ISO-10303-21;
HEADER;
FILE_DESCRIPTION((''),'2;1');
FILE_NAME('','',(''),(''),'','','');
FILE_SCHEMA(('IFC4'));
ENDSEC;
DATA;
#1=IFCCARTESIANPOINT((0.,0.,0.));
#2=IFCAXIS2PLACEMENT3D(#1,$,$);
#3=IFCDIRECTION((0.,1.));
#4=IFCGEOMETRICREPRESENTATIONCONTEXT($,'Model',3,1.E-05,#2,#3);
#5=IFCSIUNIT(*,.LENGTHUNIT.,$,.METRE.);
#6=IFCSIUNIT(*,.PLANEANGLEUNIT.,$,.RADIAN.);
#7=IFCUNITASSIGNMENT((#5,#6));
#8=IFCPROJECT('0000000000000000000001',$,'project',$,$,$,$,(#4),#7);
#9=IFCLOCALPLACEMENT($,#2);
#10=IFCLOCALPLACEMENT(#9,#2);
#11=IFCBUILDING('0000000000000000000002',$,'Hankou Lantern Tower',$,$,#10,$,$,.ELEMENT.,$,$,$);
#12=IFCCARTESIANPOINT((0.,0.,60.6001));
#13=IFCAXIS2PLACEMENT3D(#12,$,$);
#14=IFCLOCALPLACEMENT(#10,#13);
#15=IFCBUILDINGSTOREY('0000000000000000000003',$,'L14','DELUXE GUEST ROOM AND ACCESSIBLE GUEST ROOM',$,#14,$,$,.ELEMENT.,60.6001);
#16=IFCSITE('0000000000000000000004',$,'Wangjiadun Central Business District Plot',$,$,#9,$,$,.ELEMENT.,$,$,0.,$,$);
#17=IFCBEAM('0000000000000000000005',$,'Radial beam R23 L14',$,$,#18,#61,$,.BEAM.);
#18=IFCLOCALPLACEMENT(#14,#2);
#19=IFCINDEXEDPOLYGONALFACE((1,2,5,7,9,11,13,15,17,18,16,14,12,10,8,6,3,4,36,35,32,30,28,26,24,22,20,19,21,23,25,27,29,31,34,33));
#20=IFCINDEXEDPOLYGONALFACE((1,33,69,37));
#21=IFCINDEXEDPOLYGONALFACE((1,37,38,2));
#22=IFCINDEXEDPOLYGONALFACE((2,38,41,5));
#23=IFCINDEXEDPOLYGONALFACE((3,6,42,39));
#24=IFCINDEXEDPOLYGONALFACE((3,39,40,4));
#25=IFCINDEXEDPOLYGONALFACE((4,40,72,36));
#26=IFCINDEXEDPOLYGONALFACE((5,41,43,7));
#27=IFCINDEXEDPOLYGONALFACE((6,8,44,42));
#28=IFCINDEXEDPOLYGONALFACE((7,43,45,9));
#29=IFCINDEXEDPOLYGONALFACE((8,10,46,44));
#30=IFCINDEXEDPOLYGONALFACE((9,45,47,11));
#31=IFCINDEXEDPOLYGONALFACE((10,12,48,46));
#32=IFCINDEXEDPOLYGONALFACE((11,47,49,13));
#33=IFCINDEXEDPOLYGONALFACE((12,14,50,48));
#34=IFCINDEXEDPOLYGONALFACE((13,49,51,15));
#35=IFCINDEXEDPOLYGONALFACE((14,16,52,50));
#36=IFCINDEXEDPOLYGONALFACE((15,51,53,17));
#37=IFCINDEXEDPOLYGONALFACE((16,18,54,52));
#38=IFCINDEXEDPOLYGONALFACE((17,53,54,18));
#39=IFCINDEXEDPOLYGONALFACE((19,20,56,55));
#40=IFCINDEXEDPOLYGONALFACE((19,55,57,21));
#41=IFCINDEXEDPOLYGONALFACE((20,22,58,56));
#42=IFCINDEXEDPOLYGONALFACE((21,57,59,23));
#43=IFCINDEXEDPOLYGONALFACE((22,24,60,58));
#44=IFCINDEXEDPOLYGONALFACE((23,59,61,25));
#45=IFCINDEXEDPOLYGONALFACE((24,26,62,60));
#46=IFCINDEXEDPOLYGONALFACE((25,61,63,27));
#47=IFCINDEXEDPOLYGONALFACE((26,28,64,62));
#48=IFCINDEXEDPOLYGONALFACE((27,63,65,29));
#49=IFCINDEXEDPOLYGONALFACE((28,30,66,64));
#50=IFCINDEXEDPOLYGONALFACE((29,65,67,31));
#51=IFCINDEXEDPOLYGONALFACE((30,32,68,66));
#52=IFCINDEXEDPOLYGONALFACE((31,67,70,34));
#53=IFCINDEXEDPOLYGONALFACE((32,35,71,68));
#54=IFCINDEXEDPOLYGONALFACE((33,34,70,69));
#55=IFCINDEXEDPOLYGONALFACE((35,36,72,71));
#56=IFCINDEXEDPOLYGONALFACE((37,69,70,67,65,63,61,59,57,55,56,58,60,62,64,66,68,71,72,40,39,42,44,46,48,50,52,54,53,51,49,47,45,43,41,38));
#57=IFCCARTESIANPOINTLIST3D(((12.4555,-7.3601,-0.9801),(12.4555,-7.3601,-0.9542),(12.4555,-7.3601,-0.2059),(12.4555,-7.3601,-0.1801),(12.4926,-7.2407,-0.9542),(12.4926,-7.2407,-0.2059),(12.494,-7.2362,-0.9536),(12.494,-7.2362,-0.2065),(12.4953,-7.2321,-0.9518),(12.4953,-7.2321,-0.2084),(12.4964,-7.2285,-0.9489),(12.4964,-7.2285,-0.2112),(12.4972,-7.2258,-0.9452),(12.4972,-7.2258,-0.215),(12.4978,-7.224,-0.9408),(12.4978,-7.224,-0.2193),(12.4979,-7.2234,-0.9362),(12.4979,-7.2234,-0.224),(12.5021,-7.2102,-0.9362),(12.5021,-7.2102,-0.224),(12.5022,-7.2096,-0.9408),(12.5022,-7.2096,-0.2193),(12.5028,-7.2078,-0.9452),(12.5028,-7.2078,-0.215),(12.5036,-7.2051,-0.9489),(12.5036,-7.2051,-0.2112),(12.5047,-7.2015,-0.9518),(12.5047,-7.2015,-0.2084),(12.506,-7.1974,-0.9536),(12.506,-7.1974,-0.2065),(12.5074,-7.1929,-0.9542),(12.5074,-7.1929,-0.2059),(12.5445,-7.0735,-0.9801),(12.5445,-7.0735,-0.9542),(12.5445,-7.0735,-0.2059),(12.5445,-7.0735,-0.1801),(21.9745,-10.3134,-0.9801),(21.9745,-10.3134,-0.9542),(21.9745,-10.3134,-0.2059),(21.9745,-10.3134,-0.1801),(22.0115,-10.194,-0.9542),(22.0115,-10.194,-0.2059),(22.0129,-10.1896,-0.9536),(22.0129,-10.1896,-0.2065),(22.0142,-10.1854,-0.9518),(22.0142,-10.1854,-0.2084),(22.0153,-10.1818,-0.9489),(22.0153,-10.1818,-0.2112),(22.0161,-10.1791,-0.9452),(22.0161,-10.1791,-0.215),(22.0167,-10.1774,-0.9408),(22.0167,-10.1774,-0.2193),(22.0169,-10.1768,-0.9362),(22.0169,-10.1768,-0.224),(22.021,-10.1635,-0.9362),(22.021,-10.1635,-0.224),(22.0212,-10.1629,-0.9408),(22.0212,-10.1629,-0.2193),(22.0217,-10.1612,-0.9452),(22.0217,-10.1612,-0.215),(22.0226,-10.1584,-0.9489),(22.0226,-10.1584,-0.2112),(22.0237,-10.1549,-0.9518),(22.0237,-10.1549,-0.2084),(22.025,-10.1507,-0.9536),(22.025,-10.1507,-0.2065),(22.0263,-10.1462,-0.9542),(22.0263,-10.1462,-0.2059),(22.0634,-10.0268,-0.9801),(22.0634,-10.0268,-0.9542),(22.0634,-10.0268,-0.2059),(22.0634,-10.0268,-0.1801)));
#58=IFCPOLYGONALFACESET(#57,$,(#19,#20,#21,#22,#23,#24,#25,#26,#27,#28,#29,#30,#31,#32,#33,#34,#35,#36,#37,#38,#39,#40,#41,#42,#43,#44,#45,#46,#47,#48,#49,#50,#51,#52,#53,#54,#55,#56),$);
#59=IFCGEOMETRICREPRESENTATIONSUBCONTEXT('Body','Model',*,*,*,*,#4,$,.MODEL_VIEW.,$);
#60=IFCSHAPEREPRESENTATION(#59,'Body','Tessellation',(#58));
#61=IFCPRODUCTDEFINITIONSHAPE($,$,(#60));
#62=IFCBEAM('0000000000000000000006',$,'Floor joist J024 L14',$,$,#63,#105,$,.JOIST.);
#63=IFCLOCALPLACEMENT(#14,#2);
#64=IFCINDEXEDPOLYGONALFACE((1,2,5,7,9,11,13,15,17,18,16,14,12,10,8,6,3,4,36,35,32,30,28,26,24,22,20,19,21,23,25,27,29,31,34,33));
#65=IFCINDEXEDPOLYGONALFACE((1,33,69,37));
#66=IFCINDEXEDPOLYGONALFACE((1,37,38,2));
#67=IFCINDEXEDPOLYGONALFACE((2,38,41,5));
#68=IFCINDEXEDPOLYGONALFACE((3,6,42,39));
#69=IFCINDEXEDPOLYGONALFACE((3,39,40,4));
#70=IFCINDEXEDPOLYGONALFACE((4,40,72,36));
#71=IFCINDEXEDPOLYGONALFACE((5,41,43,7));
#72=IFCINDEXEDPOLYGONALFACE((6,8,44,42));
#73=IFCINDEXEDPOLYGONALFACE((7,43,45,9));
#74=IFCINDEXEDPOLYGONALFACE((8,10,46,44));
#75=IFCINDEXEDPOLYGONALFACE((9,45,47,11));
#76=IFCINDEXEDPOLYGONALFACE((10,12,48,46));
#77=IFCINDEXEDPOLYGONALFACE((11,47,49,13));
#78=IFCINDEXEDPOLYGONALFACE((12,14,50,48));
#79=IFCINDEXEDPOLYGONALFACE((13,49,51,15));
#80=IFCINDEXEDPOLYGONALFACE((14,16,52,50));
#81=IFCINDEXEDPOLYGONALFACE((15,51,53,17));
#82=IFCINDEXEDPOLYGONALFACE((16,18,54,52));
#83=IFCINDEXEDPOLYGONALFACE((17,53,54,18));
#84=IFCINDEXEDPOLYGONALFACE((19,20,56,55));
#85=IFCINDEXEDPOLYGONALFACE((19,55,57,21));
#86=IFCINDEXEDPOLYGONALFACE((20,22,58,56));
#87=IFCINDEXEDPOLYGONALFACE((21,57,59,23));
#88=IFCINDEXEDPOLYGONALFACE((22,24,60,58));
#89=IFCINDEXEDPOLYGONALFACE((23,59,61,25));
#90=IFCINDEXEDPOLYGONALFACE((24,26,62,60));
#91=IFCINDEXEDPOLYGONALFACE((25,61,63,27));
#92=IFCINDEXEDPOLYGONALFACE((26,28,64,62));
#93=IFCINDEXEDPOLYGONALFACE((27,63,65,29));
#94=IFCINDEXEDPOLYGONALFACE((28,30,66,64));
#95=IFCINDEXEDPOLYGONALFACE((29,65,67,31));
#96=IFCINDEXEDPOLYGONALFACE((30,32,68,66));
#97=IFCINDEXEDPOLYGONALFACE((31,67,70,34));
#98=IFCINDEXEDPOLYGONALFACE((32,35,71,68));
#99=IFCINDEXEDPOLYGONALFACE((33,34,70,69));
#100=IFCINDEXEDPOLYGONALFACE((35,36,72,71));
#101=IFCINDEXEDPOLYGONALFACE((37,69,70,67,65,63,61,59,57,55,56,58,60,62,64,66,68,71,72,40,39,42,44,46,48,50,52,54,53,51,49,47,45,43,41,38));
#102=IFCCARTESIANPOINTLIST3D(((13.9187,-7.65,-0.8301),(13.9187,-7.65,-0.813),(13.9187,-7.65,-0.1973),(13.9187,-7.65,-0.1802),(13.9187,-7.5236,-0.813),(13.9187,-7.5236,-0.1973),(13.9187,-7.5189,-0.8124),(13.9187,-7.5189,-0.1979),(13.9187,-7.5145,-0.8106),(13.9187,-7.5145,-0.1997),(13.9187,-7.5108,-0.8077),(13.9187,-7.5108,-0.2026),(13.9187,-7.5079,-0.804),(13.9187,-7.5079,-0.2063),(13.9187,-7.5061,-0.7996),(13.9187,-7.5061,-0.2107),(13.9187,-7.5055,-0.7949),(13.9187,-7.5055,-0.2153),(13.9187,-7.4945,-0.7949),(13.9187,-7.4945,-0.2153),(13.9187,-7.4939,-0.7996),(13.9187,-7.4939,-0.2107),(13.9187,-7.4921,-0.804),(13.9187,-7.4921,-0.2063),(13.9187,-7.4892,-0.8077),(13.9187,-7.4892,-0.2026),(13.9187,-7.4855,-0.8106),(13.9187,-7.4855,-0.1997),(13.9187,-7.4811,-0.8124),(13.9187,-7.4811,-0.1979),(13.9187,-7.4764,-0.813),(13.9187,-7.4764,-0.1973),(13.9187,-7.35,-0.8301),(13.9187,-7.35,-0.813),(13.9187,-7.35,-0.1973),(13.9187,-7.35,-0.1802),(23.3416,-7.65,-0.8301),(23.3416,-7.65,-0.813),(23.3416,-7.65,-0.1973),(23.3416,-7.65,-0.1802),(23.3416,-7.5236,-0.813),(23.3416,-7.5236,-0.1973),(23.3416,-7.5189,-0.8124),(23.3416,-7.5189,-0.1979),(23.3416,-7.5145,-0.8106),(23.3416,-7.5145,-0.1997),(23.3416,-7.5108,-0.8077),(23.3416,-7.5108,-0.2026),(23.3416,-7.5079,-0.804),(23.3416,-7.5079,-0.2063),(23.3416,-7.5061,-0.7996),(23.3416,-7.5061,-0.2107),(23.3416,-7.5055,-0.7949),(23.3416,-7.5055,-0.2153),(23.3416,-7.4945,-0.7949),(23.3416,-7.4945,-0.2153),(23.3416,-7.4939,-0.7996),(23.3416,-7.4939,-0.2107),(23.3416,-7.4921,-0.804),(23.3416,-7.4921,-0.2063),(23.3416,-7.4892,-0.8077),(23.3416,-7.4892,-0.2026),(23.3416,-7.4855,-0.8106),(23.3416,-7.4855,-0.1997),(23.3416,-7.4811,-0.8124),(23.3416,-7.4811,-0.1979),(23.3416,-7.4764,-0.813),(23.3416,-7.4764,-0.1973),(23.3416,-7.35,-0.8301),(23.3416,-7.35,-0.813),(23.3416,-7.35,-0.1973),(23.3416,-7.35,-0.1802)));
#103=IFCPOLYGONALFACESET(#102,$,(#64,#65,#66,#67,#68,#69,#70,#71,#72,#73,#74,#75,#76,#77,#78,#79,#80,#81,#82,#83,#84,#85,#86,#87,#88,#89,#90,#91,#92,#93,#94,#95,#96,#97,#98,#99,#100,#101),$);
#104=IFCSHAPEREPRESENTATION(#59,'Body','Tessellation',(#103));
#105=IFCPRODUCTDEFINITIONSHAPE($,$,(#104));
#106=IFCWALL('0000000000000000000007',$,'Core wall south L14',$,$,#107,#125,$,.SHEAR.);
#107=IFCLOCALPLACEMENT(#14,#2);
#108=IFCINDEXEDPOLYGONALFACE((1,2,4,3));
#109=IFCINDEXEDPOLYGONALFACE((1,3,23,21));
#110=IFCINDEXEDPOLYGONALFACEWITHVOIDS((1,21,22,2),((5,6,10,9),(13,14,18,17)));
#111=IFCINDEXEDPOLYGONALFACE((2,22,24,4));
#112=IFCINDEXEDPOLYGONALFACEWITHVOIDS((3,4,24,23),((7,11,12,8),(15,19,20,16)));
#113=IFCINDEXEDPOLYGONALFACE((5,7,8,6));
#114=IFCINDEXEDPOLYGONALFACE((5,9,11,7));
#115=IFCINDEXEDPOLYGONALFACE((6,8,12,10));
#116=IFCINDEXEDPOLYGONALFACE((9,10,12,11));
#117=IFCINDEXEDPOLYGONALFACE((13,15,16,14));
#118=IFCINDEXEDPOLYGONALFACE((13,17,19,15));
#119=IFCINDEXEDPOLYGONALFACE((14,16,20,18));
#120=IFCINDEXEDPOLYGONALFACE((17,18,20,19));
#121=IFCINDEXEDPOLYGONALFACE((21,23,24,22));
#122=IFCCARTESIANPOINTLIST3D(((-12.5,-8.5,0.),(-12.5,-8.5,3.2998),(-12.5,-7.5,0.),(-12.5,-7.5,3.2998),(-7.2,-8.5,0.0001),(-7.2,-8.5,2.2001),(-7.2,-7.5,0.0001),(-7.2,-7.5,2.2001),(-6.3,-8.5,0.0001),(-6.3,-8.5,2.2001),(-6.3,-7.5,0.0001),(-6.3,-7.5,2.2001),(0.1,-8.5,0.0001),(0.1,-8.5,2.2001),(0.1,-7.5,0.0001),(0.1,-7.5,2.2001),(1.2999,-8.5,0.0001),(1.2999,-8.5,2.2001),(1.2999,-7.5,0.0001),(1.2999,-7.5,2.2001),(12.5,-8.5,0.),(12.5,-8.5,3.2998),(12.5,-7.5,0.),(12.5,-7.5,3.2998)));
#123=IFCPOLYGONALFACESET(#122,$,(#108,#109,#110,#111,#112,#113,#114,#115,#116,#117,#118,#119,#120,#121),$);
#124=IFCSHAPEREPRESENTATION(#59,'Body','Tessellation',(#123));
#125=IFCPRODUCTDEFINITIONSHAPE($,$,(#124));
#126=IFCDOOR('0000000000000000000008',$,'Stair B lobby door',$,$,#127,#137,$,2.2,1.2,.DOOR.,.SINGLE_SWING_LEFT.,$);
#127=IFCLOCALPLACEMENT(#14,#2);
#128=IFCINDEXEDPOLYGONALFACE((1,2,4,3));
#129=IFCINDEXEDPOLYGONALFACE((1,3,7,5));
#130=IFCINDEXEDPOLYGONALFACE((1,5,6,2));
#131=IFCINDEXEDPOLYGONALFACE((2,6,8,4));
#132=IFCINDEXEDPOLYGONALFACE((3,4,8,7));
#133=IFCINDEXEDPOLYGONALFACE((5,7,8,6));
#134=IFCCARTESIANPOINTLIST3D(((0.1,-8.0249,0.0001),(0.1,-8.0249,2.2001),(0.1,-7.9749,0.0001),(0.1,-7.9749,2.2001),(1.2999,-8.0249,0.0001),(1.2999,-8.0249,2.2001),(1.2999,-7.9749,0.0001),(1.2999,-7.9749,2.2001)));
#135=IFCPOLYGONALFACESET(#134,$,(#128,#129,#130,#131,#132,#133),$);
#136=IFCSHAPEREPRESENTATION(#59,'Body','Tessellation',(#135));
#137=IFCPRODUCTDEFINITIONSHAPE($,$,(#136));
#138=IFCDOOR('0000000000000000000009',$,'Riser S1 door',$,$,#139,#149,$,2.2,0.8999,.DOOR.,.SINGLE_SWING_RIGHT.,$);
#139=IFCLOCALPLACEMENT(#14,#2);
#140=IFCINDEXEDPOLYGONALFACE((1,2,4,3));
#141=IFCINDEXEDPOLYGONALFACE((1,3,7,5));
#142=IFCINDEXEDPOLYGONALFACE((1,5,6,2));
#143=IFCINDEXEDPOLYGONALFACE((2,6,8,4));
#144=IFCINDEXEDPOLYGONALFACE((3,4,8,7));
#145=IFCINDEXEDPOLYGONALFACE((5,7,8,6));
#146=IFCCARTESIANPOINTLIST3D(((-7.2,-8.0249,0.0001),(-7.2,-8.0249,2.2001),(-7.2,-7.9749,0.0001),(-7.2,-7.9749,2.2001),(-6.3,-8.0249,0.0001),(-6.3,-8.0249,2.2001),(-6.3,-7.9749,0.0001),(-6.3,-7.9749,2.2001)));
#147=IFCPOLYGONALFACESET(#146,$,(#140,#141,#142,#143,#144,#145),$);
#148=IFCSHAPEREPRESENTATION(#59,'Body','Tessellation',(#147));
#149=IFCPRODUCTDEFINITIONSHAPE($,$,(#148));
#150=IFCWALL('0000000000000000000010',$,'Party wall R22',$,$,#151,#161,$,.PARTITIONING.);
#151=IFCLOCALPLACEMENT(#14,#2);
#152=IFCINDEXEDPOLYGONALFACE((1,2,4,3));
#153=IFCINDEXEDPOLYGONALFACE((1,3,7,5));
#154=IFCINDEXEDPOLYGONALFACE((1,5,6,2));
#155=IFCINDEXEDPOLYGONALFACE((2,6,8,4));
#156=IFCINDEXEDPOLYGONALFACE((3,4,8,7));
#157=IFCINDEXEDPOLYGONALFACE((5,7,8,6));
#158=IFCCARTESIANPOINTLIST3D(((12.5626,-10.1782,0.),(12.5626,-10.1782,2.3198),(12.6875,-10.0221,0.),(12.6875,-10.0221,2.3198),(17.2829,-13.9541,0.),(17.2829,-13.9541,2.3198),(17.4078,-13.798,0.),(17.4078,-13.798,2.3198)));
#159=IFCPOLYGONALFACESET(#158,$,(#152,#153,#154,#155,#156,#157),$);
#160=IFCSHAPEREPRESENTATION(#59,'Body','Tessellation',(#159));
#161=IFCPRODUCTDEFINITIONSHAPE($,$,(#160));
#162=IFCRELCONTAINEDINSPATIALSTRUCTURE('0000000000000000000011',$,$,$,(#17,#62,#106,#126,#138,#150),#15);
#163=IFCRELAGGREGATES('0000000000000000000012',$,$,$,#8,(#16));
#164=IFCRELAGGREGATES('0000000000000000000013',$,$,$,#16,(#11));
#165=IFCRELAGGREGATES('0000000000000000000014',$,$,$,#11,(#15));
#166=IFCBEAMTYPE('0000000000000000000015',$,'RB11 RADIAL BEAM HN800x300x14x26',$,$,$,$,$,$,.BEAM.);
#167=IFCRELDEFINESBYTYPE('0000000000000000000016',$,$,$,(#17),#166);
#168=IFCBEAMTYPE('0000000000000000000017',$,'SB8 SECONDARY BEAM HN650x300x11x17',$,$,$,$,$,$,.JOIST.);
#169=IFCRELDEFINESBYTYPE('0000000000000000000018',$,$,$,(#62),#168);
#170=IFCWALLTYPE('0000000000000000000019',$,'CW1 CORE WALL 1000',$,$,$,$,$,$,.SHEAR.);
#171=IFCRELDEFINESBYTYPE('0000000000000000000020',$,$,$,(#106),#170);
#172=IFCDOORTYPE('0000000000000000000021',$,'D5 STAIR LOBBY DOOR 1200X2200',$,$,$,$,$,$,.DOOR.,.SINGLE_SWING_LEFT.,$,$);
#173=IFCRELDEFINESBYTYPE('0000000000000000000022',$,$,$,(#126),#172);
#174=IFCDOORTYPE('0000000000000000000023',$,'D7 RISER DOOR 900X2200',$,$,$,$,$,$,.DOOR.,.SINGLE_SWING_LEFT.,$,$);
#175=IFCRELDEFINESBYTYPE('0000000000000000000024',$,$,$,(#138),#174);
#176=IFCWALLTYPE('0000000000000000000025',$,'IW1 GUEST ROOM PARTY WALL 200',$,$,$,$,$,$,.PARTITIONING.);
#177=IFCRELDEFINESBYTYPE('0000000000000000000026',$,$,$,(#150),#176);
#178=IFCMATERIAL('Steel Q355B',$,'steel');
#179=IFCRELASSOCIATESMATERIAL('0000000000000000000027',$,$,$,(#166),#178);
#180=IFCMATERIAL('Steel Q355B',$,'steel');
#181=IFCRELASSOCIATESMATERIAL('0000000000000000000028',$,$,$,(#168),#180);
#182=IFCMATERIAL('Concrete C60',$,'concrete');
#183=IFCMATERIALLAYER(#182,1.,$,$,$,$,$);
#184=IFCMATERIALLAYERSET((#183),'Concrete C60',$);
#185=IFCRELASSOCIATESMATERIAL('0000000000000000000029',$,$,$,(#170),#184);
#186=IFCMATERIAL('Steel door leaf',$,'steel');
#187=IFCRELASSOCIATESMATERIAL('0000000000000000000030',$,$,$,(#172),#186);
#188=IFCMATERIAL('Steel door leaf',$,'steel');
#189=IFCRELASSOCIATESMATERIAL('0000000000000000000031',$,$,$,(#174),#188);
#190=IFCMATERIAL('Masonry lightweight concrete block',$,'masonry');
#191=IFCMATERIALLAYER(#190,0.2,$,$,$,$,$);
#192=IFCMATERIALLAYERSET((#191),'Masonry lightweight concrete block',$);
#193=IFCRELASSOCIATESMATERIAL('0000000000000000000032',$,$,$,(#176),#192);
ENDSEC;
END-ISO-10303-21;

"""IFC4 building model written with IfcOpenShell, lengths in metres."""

from ifc_helpers import new_model, si_unit, direction, frame, frame_2d, origin, origin_2d, place, context, subcontext, project, spatial, rectangle, i_section, extrude, material, layer, layer_set, material_profile, profile_set, type_object, element, fill, save


model = new_model("IFC4")

# Units and contexts
model_context = context("Model", 3, precision=1e-05, world=origin(), true_north=direction((0.0, 1.0)))
body_context = subcontext(model_context, "Body", "Model", "MODEL_VIEW")
ifc_project = project(units=[si_unit("LENGTHUNIT", "METRE"), si_unit("PLANEANGLEUNIT", "RADIAN")], contexts=[model_context])

# Site, building, storey
site_placement = place(None, origin())
site = spatial("IfcSite", under=ifc_project, at=site_placement, Name="Wangjiadun Central Business District Plot", CompositionType="ELEMENT", RefElevation=0.0)
building_placement = place(site_placement, origin())
building = spatial("IfcBuilding", under=site, at=building_placement, Name="Hankou Lantern Tower", CompositionType="ELEMENT")
storey_placement = place(building_placement, frame((0.0, 0.0, 60.6001)))
storey = spatial("IfcBuildingStorey", under=building, at=storey_placement, Name="L14", Description="DELUXE GUEST ROOM AND ACCESSIBLE GUEST ROOM", CompositionType="ELEMENT", Elevation=60.6001)

# Beams
ifc_material_1 = material(Name="Steel Q355B", Category="steel")
ifc_material_profile_1 = material_profile(ifc_material_1, i_section(OverallWidth=0.3, OverallDepth=0.8, WebThickness=0.0139, FlangeThickness=0.0259, FilletRadius=0.0181, at=origin_2d()), Name="HN800x300x14x26")
ifc_profile_set_1 = profile_set([ifc_material_profile_1], Name="Steel Q355B")
beam_type_1 = type_object("IfcBeamType", Name="RB11 RADIAL BEAM HN800x300x14x26", PredefinedType="BEAM", material=ifc_profile_set_1)
beam_1_placement = place(storey_placement, frame((12.5, -7.2168, -0.5801), z_axis=(0.955087, -0.296324, 0.0), x_axis=(0.296324, 0.955087, 0.0)))
element("IfcBeam", 1, at=beam_1_placement, inside=storey, type_object=beam_type_1, Name="Radial beam R23 L14", PredefinedType="BEAM", context=body_context, shape_type="SweptSolid", body=[
    extrude(i_section(OverallWidth=0.3, OverallDepth=0.8, WebThickness=0.0139, FlangeThickness=0.0259, FilletRadius=0.0181, at=origin_2d()), origin(), (0.0, 0.0, 1.0), 9.9666),
])
ifc_material_2 = material(Name="Steel Q355B", Category="steel")
ifc_material_profile_2 = material_profile(ifc_material_2, i_section(OverallWidth=0.3, OverallDepth=0.6499, WebThickness=0.011, FlangeThickness=0.0171, FilletRadius=0.0181, at=origin_2d()), Name="HN650x300x11x17")
ifc_profile_set_2 = profile_set([ifc_material_profile_2], Name="Steel Q355B")
beam_type_2 = type_object("IfcBeamType", Name="SB8 SECONDARY BEAM HN650x300x11x17", PredefinedType="JOIST", material=ifc_profile_set_2)
beam_2_placement = place(storey_placement, frame((13.9187, -7.5, -0.5051), z_axis=(1.0, 0.0, 0.0), x_axis=(0.0, 1.0, 0.0)))
element("IfcBeam", 2, at=beam_2_placement, inside=storey, type_object=beam_type_2, Name="Floor joist J024 L14", PredefinedType="JOIST", context=body_context, shape_type="SweptSolid", body=[
    extrude(i_section(OverallWidth=0.3, OverallDepth=0.6499, WebThickness=0.011, FlangeThickness=0.0171, FilletRadius=0.0181, at=origin_2d()), origin(), (0.0, 0.0, 1.0), 9.4229),
])

# Wall, openings, doors
ifc_material_3 = material(Name="Concrete C60", Category="concrete")
ifc_layer_1 = layer(ifc_material_3, 1.0)
ifc_layer_set_1 = layer_set([ifc_layer_1], Name="Concrete C60")
wall_type_1 = type_object("IfcWallType", Name="CW1 CORE WALL 1000", PredefinedType="SHEAR", material=ifc_layer_set_1)
wall_1_placement = place(storey_placement, frame((12.5, -8.0, 0.0), z_axis=(0.0, 0.0, 1.0), x_axis=(-1.0, 0.0, 0.0)))
wall_1 = element("IfcWall", 3, at=wall_1_placement, inside=storey, type_object=wall_type_1, Name="Core wall south L14", PredefinedType="SHEAR", context=body_context, shape_type="SweptSolid", body=[
    extrude(rectangle(XDim=25.0, YDim=1.0, at=frame_2d((12.5, 0.0))), origin(), (0.0, 0.0, 1.0), 3.2998),
])
opening_1_placement = place(wall_1_placement, frame((11.2, 0.0, 0.0)))
opening_1 = element("IfcOpeningElement", 4, at=opening_1_placement, cuts=wall_1, PredefinedType="OPENING", context=body_context, shape_type="SweptSolid", body=[
    extrude(rectangle(XDim=1.2, YDim=2.2, at=frame_2d((0.6001, 1.1001))), frame((0.0, 0.51, 0.0), z_axis=(0.0, -1.0, 0.0), x_axis=(1.0, 0.0, 0.0)), (0.0, 0.0, 1.0), 1.02),
])
opening_2_placement = place(wall_1_placement, frame((18.8, 0.0, 0.0)))
opening_2 = element("IfcOpeningElement", 5, at=opening_2_placement, cuts=wall_1, PredefinedType="OPENING", context=body_context, shape_type="SweptSolid", body=[
    extrude(rectangle(XDim=0.8999, YDim=2.2, at=frame_2d((0.45, 1.1001))), frame((0.0, 0.51, 0.0), z_axis=(0.0, -1.0, 0.0), x_axis=(1.0, 0.0, 0.0)), (0.0, 0.0, 1.0), 1.02),
])
ifc_material_4 = material(Name="Steel door leaf", Category="steel")
door_type_1 = type_object("IfcDoorType", Name="D5 STAIR LOBBY DOOR 1200X2200", OperationType="SINGLE_SWING_LEFT", PredefinedType="DOOR", material=ifc_material_4)
door_1_placement = place(opening_1_placement, origin())
door_1 = element("IfcDoor", 6, at=door_1_placement, inside=storey, type_object=door_type_1, Name="Stair B lobby door", OperationType="SINGLE_SWING_LEFT", OverallHeight=2.2, OverallWidth=1.2, PredefinedType="DOOR", context=body_context, shape_type="SweptSolid", body=[
    extrude(rectangle(XDim=1.2, YDim=2.2, at=frame_2d((0.6001, 1.1001))), frame((0.0, 0.0249, 0.0), z_axis=(0.0, -1.0, 0.0), x_axis=(1.0, 0.0, 0.0)), (0.0, 0.0, 1.0), 0.05),
])
fill(opening_1, door_1)
ifc_material_5 = material(Name="Steel door leaf", Category="steel")
door_type_2 = type_object("IfcDoorType", Name="D7 RISER DOOR 900X2200", OperationType="SINGLE_SWING_LEFT", PredefinedType="DOOR", material=ifc_material_5)
door_2_placement = place(opening_2_placement, origin())
door_2 = element("IfcDoor", 7, at=door_2_placement, inside=storey, type_object=door_type_2, Name="Riser S1 door", OperationType="SINGLE_SWING_RIGHT", OverallHeight=2.2, OverallWidth=0.8999, PredefinedType="DOOR", context=body_context, shape_type="SweptSolid", body=[
    extrude(rectangle(XDim=0.8999, YDim=2.2, at=frame_2d((0.45, 1.1001))), frame((0.0, 0.0249, 0.0), z_axis=(0.0, -1.0, 0.0), x_axis=(1.0, 0.0, 0.0)), (0.0, 0.0, 1.0), 0.05),
])
fill(opening_2, door_2)

# Wall
ifc_material_6 = material(Name="Masonry lightweight concrete block", Category="masonry")
ifc_layer_2 = layer(ifc_material_6, 0.2)
ifc_layer_set_2 = layer_set([ifc_layer_2], Name="Masonry lightweight concrete block")
wall_type_2 = type_object("IfcWallType", Name="IW1 GUEST ROOM PARTY WALL 200", PredefinedType="PARTITIONING", material=ifc_layer_set_2)
wall_2_placement = place(storey_placement, frame((12.625, -10.1001, 0.0), z_axis=(0.0, 0.0, 1.0), x_axis=(0.780892, -0.624665, 0.0)))
element("IfcWall", 8, at=wall_2_placement, inside=storey, type_object=wall_type_2, Name="Party wall R22", PredefinedType="PARTITIONING", context=body_context, shape_type="SweptSolid", body=[
    extrude(rectangle(XDim=6.0447, YDim=0.2, at=frame_2d((3.0225, 0.0))), origin(), (0.0, 0.0, 1.0), 2.3198),
])

save(model, "model.ifc")
